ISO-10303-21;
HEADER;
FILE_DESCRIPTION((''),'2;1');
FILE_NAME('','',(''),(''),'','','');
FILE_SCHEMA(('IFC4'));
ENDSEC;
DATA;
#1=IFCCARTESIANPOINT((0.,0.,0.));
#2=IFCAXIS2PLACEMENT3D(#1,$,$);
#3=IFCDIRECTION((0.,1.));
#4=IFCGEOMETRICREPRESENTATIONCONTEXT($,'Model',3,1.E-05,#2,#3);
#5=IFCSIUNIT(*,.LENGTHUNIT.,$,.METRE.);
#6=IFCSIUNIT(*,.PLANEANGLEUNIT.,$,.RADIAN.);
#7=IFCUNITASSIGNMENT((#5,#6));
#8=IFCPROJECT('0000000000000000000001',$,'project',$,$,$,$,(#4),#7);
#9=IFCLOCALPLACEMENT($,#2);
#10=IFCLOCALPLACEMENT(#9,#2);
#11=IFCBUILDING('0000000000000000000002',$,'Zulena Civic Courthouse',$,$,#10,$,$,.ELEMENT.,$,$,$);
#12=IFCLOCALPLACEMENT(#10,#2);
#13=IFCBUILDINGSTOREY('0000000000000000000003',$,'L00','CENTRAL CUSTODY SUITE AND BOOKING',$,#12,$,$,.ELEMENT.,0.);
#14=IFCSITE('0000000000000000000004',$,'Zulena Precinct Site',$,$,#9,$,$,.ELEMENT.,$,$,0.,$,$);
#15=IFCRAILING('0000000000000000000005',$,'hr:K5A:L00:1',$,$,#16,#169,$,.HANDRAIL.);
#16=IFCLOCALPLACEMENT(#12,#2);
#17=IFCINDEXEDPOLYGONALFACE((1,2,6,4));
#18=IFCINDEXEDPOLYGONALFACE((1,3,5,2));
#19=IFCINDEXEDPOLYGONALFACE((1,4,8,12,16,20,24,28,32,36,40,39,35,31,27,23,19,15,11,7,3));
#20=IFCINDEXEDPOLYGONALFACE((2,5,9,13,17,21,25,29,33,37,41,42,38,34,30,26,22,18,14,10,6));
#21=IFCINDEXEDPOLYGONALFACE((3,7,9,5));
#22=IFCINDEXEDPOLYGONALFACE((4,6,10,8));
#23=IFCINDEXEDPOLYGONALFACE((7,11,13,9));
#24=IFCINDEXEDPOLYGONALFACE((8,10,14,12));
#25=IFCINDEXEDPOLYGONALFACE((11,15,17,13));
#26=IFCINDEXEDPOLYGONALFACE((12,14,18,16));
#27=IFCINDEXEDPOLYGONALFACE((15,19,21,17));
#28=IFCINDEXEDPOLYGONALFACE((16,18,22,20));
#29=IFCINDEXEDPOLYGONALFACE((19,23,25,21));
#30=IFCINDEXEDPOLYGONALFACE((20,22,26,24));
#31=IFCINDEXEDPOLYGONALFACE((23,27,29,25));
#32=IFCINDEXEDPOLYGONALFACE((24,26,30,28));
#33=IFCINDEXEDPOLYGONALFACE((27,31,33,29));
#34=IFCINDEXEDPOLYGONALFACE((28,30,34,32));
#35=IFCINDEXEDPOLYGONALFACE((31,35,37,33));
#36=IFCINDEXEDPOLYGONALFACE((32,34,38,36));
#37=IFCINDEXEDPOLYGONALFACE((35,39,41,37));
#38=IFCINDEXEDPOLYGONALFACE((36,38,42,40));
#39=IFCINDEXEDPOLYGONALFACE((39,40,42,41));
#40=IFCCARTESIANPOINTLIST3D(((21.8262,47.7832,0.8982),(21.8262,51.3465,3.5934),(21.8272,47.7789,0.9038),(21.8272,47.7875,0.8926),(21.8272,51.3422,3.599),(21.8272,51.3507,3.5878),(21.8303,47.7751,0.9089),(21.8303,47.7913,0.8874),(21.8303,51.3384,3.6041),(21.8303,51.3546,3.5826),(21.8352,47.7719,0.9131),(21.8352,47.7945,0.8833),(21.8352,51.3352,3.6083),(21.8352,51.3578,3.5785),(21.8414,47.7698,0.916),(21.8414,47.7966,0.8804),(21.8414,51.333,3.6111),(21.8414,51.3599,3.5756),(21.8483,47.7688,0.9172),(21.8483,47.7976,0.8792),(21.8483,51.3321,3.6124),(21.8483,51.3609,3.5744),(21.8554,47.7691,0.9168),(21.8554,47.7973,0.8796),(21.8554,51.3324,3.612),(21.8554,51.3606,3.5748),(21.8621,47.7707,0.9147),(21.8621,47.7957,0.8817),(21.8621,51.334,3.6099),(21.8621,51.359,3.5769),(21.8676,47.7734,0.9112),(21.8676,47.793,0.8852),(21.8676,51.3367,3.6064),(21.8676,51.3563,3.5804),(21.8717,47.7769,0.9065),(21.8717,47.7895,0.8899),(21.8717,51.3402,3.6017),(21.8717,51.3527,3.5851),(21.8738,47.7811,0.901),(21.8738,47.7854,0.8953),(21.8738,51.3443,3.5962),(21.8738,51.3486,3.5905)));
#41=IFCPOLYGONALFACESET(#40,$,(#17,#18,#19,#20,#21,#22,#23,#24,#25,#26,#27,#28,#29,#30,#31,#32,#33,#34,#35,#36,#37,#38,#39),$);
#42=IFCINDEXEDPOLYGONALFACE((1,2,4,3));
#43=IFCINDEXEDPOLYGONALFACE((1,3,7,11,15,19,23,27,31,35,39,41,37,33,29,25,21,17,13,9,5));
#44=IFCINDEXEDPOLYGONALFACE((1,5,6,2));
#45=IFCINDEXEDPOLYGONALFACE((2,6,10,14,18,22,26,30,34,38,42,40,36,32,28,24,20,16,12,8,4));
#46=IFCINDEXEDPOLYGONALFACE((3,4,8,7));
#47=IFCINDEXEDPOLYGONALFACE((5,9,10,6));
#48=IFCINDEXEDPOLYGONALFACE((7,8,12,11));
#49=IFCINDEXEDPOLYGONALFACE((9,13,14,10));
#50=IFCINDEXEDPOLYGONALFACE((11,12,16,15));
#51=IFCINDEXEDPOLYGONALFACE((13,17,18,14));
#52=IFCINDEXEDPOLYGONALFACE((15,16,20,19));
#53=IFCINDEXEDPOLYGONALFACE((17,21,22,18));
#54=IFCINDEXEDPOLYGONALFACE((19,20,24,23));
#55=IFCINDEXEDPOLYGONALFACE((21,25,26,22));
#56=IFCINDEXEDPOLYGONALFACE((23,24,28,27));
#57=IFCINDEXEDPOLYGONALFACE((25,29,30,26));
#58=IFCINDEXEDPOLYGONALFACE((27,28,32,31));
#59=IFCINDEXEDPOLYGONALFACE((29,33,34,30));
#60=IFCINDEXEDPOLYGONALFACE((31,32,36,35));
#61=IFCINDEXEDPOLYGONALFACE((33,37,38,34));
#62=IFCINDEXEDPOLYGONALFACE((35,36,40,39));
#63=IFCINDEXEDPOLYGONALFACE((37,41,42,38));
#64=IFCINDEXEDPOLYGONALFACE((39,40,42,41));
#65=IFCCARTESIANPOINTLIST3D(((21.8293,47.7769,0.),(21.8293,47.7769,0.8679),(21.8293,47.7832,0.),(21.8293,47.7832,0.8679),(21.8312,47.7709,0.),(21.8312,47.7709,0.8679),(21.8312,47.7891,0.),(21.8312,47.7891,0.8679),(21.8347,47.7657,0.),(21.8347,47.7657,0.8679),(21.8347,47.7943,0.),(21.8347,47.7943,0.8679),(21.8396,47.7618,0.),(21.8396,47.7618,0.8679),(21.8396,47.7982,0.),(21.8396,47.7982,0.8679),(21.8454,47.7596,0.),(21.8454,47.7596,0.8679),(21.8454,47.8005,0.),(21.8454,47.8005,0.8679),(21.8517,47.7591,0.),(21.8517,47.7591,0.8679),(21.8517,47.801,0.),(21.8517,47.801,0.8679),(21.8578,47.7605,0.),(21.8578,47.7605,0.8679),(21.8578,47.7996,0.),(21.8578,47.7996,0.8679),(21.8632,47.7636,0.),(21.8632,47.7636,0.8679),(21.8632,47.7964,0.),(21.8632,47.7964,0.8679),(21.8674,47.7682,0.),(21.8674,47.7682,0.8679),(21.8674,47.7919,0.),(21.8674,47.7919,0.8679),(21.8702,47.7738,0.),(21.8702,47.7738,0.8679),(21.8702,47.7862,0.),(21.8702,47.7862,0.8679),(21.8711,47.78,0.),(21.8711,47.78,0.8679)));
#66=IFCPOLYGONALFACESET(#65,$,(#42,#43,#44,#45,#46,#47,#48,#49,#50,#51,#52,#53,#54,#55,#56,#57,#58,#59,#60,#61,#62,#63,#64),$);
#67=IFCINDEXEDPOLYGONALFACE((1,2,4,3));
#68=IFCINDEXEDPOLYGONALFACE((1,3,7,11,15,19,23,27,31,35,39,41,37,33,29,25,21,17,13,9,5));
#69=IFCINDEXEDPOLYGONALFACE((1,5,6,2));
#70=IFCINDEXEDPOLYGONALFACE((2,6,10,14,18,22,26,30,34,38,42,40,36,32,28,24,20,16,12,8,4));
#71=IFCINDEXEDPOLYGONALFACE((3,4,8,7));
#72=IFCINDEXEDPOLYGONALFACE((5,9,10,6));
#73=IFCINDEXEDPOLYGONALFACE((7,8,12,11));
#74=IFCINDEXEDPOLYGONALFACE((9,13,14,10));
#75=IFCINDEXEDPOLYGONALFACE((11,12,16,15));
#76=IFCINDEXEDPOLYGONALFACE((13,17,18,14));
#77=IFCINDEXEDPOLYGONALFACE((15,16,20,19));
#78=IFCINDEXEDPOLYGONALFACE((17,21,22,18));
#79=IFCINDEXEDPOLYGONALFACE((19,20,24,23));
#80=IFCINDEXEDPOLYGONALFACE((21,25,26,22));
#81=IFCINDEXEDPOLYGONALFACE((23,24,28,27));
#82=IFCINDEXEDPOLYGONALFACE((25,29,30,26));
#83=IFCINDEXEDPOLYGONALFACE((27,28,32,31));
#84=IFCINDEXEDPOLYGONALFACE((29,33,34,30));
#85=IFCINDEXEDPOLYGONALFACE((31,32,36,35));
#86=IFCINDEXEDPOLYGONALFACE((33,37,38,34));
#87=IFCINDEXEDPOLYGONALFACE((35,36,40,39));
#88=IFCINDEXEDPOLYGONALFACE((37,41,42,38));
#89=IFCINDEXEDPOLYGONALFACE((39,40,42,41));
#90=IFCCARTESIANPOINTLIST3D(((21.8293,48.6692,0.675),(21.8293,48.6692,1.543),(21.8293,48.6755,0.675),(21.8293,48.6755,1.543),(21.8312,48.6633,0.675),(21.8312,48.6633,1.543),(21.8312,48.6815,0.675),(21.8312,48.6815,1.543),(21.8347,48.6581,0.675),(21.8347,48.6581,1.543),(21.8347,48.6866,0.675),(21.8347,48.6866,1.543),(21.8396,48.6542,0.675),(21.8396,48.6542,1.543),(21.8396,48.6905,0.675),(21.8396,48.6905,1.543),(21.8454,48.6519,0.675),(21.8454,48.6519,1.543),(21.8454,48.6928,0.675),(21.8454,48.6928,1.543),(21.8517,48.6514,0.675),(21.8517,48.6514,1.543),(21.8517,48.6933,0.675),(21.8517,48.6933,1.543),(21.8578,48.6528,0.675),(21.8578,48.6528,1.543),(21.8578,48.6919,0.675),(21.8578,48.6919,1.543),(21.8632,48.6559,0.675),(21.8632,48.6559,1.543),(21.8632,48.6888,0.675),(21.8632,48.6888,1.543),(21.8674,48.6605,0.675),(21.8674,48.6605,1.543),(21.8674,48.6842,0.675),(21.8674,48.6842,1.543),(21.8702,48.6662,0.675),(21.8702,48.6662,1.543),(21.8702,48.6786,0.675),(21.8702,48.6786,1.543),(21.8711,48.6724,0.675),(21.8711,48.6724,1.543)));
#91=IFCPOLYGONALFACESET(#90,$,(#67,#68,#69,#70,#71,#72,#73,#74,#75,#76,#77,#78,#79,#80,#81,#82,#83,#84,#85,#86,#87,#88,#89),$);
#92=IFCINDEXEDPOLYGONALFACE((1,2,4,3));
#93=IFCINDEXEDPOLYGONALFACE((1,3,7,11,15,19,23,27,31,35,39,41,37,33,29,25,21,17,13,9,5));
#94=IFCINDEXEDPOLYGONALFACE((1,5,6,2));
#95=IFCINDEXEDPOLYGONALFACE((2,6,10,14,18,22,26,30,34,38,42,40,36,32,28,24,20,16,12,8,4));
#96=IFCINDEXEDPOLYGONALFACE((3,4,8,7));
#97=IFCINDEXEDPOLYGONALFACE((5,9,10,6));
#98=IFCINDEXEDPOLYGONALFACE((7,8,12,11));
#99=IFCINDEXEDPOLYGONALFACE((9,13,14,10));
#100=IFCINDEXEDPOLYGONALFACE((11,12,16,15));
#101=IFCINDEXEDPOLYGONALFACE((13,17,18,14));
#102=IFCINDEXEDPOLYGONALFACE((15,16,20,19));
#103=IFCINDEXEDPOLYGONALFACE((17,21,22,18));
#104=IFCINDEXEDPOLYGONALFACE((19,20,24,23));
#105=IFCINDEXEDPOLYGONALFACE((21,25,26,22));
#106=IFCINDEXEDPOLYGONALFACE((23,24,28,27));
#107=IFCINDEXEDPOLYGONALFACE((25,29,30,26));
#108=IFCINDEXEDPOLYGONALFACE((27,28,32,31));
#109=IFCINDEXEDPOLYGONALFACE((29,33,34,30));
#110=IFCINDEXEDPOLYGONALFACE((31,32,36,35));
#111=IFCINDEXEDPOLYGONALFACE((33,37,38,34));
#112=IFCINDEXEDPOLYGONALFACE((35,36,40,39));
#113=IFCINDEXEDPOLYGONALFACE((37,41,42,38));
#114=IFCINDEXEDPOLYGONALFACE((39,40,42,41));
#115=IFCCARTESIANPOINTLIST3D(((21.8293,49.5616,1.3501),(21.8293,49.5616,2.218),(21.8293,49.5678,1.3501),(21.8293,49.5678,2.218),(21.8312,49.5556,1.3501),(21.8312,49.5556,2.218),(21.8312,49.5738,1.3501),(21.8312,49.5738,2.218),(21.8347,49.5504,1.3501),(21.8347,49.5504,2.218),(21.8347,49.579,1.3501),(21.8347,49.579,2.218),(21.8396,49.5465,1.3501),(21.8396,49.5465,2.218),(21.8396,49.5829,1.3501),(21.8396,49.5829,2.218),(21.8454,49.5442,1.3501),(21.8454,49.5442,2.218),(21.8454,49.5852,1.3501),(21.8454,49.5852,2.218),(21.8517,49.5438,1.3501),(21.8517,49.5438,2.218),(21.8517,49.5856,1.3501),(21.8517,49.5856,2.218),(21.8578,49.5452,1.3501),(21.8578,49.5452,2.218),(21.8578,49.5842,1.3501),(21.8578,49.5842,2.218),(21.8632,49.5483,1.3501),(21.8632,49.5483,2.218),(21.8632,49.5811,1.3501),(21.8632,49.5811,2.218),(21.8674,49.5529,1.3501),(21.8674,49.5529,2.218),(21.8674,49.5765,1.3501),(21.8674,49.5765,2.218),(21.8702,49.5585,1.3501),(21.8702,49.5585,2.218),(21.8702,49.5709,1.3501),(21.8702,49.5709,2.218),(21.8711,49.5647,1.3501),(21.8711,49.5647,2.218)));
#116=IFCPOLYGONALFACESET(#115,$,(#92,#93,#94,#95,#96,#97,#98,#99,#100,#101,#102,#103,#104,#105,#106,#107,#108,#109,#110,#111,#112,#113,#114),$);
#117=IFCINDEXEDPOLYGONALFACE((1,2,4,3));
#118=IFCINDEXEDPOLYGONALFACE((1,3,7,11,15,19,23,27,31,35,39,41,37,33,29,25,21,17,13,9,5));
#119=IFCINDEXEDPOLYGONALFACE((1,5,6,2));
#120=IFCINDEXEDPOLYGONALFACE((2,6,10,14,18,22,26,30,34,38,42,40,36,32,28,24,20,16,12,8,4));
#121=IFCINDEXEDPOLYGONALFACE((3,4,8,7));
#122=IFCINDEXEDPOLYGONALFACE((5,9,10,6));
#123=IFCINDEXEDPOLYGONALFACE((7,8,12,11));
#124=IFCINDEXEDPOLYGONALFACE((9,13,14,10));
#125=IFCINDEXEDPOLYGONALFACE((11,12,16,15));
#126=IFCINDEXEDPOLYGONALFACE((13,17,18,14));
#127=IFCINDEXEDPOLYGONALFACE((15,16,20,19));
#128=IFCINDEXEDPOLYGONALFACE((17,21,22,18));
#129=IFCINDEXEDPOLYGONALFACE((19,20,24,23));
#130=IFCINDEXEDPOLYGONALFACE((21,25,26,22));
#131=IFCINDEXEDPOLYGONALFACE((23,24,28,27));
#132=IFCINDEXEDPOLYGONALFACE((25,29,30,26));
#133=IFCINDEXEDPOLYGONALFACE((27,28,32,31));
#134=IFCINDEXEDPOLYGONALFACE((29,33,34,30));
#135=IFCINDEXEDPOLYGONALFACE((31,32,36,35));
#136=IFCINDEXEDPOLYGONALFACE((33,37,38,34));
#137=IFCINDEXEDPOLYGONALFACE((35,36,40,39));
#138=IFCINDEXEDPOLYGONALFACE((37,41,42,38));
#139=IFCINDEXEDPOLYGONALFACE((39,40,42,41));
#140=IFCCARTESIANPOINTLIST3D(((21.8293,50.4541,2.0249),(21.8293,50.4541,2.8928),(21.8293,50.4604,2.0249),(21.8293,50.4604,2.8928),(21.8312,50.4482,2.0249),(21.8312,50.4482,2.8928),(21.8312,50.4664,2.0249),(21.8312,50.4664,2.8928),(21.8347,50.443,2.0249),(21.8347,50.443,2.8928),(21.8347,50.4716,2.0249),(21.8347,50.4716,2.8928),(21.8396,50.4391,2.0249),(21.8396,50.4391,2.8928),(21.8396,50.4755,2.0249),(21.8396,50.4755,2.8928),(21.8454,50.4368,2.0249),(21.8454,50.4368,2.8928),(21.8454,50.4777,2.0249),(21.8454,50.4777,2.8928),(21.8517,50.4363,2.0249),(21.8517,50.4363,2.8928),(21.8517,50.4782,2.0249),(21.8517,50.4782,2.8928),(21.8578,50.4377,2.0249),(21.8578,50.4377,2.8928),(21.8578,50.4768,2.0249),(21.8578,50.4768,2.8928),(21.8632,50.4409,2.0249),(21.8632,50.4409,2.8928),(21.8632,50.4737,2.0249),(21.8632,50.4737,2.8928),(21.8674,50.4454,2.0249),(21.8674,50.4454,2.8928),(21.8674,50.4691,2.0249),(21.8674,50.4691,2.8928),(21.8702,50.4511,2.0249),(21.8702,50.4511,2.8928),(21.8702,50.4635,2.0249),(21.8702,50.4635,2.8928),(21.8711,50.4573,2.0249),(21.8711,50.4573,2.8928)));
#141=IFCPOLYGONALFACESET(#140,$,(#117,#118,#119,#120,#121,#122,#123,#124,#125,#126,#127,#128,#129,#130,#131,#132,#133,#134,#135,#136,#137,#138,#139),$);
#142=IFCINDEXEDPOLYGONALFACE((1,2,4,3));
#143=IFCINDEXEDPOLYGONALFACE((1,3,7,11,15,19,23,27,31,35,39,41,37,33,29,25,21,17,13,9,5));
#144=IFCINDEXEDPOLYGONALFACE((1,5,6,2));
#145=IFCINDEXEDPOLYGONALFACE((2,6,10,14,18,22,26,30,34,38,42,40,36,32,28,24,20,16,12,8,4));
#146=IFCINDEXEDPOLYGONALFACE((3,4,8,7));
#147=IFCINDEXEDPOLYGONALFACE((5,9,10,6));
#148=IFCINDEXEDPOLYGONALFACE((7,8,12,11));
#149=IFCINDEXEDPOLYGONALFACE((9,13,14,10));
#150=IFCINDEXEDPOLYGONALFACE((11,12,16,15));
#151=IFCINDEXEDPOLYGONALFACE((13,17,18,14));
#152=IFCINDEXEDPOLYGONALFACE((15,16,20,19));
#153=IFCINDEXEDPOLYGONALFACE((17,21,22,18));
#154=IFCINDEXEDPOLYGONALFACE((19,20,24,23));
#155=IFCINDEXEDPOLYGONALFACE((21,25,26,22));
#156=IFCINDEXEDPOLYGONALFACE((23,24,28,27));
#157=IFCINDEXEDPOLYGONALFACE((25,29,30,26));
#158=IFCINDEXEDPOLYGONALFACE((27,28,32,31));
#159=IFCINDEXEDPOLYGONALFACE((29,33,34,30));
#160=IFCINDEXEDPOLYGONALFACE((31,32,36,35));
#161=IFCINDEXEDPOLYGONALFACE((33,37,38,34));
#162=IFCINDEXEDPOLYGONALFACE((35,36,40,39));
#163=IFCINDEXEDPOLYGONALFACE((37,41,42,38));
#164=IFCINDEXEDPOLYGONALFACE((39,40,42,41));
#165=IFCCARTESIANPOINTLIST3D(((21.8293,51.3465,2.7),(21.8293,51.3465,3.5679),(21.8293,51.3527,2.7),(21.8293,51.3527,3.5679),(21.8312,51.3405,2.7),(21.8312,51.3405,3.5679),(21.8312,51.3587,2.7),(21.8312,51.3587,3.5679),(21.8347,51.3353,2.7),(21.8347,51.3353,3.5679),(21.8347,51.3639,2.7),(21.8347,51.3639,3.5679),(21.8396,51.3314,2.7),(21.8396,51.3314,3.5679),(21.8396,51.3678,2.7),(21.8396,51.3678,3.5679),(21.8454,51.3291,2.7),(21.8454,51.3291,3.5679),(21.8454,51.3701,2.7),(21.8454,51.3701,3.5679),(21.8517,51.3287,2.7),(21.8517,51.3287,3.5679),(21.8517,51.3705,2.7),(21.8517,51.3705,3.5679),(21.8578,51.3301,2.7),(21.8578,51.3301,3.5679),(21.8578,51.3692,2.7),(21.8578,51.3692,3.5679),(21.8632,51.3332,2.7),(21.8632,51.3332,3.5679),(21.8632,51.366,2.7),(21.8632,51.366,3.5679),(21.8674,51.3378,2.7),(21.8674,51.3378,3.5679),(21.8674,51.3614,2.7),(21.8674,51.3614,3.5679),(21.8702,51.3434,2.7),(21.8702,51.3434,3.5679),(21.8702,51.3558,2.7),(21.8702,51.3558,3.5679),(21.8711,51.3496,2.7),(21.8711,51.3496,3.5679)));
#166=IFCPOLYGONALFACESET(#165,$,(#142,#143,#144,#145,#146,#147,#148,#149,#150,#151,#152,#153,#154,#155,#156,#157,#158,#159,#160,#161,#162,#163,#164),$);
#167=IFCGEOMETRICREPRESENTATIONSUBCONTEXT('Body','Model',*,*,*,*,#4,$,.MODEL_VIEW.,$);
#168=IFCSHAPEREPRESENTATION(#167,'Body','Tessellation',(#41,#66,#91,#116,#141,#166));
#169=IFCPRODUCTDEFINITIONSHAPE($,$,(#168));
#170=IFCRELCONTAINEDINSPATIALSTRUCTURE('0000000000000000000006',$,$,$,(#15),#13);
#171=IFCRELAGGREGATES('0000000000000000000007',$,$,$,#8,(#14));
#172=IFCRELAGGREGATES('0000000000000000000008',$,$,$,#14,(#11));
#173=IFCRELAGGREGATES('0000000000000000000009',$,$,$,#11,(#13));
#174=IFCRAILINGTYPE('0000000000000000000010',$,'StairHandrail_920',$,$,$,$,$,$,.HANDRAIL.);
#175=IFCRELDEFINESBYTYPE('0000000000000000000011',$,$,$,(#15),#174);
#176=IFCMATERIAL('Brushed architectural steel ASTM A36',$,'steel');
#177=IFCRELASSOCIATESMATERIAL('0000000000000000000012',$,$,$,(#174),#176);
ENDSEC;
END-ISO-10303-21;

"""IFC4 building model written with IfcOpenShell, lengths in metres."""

from ifc_helpers import new_model, si_unit, direction, frame, origin, origin_2d, place, context, subcontext, project, spatial, circle, extrude, material, type_object, element, save


model = new_model("IFC4")

# Units and contexts
model_context = context("Model", 3, precision=1e-05, world=origin(), true_north=direction((0.0, 1.0)))
body_context = subcontext(model_context, "Body", "Model", "MODEL_VIEW")
ifc_project = project(units=[si_unit("LENGTHUNIT", "METRE"), si_unit("PLANEANGLEUNIT", "RADIAN")], contexts=[model_context])

# Site, building, storey
site_placement = place(None, origin())
site = spatial("IfcSite", under=ifc_project, at=site_placement, Name="Zulena Precinct Site", CompositionType="ELEMENT", RefElevation=0.0)
building_placement = place(site_placement, origin())
building = spatial("IfcBuilding", under=site, at=building_placement, Name="Zulena Civic Courthouse", CompositionType="ELEMENT")
storey_placement = place(building_placement, origin())
storey = spatial("IfcBuildingStorey", under=building, at=storey_placement, Name="L00", Description="CENTRAL CUSTODY SUITE AND BOOKING", CompositionType="ELEMENT", Elevation=0.0)

# Railing
ifc_material_1 = material(Name="Brushed architectural steel ASTM A36", Category="steel")
railing_type_1 = type_object("IfcRailingType", Name="StairHandrail_920", PredefinedType="HANDRAIL", material=ifc_material_1)
railing_1_placement = place(storey_placement, frame((21.8501, 47.78, 0.0)))
element("IfcRailing", 1, at=railing_1_placement, inside=storey, type_object=railing_type_1, Name="hr:K5A:L00:1", PredefinedType="HANDRAIL", context=body_context, shape_type="SweptSolid", body=[
    extrude(circle(Radius=0.0239, at=origin_2d()), frame((0.0, 0.0032, 0.8982), z_axis=(0.0, 0.797552, 0.60325), x_axis=(-1.0, 0.0, 0.0)), (0.0, 0.0, 1.0), 4.4678),
    extrude(circle(Radius=0.021, at=origin_2d()), origin(), (0.0, 0.0, 1.0), 0.8679),
    extrude(circle(Radius=0.021, at=origin_2d()), frame((0.0, 0.8923, 0.675)), (0.0, 0.0, 1.0), 0.8679),
    extrude(circle(Radius=0.021, at=origin_2d()), frame((0.0, 1.7847, 1.3501)), (0.0, 0.0, 1.0), 0.8679),
    extrude(circle(Radius=0.021, at=origin_2d()), frame((0.0, 2.6772, 2.0249)), (0.0, 0.0, 1.0), 0.8679),
    extrude(circle(Radius=0.021, at=origin_2d()), frame((0.0, 3.5696, 2.7)), (0.0, 0.0, 1.0), 0.8679),
])

save(model, "model.ifc")
